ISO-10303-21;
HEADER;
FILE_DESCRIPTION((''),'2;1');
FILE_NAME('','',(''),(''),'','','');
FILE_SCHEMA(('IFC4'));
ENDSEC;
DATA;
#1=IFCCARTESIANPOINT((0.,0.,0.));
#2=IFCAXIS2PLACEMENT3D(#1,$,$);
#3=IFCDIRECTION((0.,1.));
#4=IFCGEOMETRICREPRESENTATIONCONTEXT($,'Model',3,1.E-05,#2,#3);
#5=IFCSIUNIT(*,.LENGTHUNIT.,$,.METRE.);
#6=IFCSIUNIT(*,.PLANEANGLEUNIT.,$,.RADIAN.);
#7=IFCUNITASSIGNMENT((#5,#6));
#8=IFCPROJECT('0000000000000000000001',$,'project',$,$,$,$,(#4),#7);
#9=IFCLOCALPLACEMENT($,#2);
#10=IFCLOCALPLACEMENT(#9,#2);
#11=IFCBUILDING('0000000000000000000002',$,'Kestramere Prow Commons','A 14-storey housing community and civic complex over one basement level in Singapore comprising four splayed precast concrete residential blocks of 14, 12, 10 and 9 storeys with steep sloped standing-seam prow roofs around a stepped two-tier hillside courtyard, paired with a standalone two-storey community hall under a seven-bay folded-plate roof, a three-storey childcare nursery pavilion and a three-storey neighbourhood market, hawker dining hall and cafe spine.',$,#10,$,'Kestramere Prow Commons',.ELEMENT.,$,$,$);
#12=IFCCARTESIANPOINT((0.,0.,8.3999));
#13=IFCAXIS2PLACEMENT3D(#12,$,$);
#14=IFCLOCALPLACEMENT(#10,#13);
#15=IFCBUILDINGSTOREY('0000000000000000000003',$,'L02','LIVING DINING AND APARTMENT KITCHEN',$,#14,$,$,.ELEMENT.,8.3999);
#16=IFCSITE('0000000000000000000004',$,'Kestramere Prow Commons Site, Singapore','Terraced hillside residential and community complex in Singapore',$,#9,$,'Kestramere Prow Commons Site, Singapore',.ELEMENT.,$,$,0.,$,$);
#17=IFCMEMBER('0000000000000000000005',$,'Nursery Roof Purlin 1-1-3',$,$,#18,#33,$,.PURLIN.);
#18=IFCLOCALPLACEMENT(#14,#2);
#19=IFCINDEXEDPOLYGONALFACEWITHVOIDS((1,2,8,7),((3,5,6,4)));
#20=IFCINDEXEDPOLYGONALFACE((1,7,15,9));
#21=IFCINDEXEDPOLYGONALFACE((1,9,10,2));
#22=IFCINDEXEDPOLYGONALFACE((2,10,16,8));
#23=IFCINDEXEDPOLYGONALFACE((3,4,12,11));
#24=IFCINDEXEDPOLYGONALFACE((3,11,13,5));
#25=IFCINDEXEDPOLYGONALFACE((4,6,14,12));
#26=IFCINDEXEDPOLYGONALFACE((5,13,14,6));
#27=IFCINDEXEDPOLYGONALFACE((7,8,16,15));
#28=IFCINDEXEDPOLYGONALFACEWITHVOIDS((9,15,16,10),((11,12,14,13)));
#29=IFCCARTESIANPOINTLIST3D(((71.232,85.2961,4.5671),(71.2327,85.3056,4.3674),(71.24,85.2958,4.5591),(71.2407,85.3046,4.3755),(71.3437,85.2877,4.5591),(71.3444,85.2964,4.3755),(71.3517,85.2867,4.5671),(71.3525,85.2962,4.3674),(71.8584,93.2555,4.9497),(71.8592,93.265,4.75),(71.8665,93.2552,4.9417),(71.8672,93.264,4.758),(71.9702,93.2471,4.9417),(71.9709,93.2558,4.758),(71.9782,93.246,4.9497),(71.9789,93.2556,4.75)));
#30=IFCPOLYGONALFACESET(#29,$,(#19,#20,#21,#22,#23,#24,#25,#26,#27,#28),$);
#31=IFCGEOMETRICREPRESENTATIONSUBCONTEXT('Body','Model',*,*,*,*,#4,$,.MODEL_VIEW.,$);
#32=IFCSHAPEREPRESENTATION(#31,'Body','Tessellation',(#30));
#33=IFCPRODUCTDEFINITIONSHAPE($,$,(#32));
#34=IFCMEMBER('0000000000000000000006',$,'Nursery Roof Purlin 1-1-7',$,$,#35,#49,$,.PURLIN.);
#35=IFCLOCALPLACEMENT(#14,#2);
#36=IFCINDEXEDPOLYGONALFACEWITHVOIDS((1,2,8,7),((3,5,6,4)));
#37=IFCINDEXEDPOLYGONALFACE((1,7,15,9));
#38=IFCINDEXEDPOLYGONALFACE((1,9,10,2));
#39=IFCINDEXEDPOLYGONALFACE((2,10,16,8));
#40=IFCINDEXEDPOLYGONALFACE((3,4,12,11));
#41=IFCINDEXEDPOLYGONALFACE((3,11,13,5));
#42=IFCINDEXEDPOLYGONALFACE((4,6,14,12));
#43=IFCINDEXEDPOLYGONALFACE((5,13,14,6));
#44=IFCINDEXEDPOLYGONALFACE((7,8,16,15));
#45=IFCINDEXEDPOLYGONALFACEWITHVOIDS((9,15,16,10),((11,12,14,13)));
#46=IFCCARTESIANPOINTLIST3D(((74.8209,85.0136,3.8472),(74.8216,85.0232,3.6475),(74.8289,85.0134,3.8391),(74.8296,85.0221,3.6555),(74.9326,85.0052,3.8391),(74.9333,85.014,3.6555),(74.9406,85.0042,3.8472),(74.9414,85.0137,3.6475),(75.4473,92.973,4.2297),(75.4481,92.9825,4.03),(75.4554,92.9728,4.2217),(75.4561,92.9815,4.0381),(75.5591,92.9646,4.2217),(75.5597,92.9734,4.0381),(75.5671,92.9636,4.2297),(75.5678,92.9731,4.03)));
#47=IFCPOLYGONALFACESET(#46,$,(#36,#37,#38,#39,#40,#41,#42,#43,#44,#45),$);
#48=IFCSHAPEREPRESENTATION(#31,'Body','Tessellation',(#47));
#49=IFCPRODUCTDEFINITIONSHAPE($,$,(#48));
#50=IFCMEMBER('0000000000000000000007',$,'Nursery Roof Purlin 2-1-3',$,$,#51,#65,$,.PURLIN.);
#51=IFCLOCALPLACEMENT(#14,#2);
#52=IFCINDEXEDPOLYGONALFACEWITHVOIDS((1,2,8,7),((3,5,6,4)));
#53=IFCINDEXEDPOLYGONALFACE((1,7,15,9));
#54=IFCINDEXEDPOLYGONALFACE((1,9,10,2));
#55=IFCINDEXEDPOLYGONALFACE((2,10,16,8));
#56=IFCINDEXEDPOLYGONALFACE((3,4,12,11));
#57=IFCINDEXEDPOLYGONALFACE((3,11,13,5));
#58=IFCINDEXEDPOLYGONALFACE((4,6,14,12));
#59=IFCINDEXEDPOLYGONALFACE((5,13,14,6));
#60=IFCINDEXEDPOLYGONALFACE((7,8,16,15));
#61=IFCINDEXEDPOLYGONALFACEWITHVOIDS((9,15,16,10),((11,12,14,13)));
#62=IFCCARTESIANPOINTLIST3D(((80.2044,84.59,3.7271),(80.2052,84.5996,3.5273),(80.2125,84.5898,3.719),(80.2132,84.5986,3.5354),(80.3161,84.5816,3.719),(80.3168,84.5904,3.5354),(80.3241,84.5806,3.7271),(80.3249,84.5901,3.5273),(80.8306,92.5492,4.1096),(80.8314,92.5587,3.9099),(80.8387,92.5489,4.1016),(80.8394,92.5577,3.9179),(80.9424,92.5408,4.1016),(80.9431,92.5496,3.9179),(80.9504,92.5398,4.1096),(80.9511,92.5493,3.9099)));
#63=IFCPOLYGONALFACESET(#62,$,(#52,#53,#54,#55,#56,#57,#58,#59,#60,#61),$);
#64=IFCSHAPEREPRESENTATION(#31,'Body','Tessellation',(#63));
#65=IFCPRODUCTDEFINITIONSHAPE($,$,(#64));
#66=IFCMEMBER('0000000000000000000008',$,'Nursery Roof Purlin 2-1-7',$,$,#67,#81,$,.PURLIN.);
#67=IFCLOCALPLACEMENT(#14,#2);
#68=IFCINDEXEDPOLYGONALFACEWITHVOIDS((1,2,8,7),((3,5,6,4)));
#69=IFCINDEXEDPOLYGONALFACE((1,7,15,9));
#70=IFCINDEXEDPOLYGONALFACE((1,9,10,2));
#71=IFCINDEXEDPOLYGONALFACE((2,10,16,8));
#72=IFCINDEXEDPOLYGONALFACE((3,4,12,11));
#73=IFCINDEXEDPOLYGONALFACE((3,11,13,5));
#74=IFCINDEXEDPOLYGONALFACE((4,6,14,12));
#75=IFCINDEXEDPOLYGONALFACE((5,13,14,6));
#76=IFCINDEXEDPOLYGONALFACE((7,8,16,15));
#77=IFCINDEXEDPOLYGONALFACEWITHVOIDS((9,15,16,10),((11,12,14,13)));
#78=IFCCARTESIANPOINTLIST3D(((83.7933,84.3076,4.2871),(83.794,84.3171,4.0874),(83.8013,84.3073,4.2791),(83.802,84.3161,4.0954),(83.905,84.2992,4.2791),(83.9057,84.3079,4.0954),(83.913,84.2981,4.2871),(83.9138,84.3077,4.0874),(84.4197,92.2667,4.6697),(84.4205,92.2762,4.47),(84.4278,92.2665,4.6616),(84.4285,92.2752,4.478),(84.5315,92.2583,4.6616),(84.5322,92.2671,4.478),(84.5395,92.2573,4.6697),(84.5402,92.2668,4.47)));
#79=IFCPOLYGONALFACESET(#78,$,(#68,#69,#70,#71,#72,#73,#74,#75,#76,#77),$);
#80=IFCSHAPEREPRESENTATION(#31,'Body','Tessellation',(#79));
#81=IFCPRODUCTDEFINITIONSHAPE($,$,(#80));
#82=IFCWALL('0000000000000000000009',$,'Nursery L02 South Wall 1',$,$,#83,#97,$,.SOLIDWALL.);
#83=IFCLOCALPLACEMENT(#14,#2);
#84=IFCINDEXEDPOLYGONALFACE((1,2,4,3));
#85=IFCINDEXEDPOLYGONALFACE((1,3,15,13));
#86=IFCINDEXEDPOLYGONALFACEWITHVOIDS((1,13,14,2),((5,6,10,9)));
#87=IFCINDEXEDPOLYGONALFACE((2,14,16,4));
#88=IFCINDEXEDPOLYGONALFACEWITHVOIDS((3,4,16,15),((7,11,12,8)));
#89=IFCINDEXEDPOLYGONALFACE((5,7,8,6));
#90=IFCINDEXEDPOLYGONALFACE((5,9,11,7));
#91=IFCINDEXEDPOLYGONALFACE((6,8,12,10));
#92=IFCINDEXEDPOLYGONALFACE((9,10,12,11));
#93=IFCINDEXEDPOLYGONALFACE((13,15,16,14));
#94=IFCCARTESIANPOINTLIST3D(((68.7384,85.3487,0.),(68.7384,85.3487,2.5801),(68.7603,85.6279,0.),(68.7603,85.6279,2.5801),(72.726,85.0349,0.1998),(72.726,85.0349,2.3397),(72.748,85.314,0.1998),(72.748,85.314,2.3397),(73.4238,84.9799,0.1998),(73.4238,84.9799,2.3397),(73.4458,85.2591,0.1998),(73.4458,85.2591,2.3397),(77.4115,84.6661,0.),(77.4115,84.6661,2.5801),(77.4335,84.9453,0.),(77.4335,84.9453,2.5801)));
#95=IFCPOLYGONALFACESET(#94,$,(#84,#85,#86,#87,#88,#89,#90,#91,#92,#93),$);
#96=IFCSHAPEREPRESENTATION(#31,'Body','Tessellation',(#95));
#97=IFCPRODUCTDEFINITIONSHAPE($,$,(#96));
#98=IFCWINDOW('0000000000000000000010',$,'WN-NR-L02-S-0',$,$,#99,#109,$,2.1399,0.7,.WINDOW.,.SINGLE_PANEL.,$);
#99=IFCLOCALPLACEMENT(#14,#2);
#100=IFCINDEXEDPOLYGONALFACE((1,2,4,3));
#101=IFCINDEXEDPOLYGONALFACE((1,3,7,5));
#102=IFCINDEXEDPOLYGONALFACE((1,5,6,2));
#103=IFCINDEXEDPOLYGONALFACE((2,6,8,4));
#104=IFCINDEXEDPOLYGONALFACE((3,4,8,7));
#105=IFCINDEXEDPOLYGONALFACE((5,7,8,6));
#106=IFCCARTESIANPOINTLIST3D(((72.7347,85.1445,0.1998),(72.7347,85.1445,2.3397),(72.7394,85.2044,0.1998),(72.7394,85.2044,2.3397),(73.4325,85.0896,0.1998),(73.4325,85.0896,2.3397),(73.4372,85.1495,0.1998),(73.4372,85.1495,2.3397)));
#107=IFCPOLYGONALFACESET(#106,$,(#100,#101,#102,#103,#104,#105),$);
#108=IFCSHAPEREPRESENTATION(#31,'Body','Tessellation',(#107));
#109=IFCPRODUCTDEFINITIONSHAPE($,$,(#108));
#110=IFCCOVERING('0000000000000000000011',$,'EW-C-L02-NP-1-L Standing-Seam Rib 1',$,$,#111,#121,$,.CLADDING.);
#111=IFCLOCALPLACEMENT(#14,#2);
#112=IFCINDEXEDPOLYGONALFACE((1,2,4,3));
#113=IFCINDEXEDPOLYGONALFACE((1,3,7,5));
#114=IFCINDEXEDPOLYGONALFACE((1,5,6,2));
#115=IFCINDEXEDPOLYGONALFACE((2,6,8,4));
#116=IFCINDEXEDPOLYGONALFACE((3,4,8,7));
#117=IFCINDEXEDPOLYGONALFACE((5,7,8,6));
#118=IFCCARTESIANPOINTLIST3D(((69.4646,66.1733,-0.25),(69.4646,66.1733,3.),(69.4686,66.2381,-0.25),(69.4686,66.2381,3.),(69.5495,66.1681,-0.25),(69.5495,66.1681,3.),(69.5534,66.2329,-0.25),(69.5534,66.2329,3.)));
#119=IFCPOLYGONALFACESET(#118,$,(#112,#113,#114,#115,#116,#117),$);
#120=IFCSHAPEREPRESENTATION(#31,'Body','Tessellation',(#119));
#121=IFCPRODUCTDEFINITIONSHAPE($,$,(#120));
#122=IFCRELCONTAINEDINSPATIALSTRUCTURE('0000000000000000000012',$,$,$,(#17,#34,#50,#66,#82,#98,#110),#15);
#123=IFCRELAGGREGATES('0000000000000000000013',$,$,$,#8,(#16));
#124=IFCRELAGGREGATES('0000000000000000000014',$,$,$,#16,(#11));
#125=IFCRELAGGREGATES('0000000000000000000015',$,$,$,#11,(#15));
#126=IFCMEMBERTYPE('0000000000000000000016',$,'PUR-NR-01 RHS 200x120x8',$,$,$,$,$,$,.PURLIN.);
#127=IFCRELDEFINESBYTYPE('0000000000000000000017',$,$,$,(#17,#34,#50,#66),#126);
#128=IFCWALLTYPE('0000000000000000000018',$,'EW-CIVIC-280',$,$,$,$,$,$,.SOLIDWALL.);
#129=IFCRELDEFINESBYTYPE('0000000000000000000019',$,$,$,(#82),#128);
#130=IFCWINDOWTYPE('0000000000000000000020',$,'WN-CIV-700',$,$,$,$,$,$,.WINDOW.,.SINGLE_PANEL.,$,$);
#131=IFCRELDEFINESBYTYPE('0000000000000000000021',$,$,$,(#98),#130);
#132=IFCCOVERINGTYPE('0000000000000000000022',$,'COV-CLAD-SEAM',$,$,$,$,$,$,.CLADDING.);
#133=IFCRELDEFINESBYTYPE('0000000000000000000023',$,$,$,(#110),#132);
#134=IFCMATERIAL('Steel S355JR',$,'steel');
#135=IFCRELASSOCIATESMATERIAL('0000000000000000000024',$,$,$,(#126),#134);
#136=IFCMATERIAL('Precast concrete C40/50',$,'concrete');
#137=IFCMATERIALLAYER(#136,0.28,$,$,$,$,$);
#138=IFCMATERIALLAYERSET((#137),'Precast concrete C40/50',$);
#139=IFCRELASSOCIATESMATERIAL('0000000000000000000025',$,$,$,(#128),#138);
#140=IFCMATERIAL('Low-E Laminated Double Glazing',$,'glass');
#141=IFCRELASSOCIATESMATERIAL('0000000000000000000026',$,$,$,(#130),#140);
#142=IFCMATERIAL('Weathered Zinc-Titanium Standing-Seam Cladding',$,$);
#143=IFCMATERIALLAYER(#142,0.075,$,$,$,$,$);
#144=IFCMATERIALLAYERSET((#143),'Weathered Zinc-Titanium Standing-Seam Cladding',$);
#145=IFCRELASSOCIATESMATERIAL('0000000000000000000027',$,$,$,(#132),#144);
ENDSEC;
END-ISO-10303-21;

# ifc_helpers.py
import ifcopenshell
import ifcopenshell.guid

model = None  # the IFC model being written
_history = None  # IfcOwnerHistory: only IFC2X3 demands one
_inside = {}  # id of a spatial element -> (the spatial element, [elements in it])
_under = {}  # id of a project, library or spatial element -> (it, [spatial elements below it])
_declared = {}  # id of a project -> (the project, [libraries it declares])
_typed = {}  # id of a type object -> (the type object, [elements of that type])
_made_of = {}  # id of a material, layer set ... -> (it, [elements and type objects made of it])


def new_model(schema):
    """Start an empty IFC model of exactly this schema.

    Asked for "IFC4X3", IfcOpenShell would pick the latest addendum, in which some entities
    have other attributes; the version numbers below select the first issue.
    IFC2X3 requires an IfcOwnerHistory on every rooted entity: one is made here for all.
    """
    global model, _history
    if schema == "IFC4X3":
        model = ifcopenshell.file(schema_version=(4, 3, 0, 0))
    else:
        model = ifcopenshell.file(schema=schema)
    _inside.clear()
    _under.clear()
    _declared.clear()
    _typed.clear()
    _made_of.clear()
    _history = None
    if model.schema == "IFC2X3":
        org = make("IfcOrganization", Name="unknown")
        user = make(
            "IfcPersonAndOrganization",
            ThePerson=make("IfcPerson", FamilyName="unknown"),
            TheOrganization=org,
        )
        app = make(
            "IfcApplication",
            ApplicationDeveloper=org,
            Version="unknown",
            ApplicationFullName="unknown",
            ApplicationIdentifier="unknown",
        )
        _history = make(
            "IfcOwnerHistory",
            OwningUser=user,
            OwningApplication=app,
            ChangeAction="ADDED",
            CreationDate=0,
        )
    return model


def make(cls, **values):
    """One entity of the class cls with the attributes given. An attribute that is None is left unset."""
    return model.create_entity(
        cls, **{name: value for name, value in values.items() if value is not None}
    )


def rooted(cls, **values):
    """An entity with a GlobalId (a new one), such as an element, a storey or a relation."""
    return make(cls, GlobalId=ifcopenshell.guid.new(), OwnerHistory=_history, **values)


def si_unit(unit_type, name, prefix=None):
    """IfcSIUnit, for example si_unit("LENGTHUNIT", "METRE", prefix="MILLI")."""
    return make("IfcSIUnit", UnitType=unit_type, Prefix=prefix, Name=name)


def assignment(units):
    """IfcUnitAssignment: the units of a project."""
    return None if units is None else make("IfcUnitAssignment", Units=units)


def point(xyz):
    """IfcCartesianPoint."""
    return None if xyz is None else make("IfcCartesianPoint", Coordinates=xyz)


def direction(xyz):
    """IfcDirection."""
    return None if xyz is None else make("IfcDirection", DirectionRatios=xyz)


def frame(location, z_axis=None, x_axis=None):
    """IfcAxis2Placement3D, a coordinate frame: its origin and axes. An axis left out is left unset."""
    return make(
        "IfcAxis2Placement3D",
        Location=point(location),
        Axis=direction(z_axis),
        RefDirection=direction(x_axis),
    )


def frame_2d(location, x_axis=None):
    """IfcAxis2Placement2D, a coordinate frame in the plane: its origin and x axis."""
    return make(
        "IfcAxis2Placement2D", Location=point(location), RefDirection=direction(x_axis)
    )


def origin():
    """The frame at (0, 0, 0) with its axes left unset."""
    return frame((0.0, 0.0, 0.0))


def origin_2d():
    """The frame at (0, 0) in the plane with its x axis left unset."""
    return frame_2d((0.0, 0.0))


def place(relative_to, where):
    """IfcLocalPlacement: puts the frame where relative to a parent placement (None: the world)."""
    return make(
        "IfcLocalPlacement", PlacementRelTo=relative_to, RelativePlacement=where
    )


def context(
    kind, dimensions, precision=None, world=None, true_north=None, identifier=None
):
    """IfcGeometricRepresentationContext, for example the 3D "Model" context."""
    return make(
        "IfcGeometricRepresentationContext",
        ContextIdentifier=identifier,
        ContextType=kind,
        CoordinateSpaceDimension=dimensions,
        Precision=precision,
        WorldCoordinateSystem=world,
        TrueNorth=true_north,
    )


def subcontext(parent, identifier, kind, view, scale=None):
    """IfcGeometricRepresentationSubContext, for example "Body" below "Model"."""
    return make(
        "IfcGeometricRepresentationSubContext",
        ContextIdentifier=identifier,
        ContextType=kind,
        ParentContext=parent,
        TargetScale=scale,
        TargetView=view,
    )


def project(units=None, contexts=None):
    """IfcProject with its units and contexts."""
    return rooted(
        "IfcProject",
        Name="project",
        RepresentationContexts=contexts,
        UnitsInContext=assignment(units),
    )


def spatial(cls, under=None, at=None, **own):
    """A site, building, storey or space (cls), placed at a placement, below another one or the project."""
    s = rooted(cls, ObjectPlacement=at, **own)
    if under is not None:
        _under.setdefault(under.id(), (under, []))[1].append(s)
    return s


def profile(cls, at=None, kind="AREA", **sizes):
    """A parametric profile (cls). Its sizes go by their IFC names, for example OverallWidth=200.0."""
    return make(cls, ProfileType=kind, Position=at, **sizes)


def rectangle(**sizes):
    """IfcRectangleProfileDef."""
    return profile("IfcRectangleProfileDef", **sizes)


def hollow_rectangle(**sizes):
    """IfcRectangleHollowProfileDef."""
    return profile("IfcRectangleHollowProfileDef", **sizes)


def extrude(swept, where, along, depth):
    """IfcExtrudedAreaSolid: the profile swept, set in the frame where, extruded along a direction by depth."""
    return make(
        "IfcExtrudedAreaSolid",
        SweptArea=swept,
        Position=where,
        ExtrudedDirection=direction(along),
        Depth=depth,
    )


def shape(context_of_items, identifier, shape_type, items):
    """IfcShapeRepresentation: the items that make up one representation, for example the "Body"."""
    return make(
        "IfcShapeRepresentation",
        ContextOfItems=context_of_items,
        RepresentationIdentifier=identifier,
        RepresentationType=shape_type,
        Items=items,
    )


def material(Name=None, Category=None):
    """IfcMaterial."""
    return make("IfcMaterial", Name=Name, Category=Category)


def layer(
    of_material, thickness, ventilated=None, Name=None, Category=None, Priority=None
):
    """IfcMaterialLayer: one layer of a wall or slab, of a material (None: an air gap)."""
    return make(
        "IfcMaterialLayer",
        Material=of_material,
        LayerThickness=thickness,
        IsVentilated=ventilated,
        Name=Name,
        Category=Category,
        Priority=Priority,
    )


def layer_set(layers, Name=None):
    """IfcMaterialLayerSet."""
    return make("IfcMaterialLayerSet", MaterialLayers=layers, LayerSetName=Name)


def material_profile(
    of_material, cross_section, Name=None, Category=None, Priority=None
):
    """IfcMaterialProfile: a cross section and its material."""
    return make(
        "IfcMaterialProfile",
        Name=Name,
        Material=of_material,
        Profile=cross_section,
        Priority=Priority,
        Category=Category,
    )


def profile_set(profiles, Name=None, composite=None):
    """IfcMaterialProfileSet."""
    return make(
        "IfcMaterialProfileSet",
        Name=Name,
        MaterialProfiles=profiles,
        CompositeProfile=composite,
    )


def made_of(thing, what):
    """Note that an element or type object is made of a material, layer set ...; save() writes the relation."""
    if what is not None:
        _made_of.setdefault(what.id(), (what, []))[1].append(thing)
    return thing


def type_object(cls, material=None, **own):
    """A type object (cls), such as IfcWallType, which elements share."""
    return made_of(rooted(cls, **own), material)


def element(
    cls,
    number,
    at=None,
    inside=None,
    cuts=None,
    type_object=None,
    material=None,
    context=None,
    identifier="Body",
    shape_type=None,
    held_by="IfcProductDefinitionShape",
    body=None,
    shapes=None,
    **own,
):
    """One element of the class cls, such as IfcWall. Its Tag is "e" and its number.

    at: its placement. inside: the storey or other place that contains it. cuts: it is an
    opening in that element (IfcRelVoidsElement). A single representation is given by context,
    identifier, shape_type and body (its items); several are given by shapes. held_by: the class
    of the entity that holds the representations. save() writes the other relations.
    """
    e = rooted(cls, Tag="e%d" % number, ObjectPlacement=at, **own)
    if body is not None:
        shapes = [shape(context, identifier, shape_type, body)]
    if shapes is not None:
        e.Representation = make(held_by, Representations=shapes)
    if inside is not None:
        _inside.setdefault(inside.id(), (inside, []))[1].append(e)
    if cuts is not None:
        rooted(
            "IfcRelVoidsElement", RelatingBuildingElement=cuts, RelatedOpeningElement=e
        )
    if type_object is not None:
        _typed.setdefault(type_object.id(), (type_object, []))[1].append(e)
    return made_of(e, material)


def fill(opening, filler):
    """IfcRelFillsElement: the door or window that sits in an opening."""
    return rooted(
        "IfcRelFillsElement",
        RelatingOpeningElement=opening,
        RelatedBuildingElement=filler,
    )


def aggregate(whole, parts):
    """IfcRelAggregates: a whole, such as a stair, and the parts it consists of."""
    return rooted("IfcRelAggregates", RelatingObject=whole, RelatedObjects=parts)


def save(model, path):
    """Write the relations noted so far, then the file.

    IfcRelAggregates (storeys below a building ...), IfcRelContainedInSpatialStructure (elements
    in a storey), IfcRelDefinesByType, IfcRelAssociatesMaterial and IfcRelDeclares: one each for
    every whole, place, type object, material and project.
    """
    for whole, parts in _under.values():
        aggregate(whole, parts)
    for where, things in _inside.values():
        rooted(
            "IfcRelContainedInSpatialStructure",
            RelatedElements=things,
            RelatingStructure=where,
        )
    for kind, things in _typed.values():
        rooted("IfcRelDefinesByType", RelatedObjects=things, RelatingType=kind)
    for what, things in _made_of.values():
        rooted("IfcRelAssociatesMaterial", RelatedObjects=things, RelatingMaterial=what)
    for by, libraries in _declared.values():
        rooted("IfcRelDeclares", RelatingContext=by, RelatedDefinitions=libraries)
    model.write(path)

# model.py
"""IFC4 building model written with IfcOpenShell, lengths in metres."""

from ifc_helpers import new_model, si_unit, direction, frame, frame_2d, origin, origin_2d, place, context, subcontext, project, spatial, rectangle, hollow_rectangle, extrude, material, layer, layer_set, material_profile, profile_set, type_object, element, fill, save


model = new_model("IFC4")

# Units and contexts
model_context = context("Model", 3, precision=1e-05, world=origin(), true_north=direction((0.0, 1.0)))
body_context = subcontext(model_context, "Body", "Model", "MODEL_VIEW")
ifc_project = project(units=[si_unit("LENGTHUNIT", "METRE"), si_unit("PLANEANGLEUNIT", "RADIAN")], contexts=[model_context])

# Site, building, storey
site_placement = place(None, origin())
site = spatial("IfcSite", under=ifc_project, at=site_placement, Name="Kestramere Prow Commons Site, Singapore", Description="Terraced hillside residential and community complex in Singapore", LongName="Kestramere Prow Commons Site, Singapore", CompositionType="ELEMENT", RefElevation=0.0)
building_placement = place(site_placement, origin())
building = spatial("IfcBuilding", under=site, at=building_placement, Name="Kestramere Prow Commons", Description="A 14-storey housing community and civic complex over one basement level in Singapore comprising four splayed precast concrete residential blocks of 14, 12, 10 and 9 storeys with steep sloped standing-seam prow roofs around a stepped two-tier hillside courtyard, paired with a standalone two-storey community hall under a seven-bay folded-plate roof, a three-storey childcare nursery pavilion and a three-storey neighbourhood market, hawker dining hall and cafe spine.", LongName="Kestramere Prow Commons", CompositionType="ELEMENT")
storey_placement = place(building_placement, frame((0.0, 0.0, 8.3999)))
storey = spatial("IfcBuildingStorey", under=building, at=storey_placement, Name="L02", Description="LIVING DINING AND APARTMENT KITCHEN", CompositionType="ELEMENT", Elevation=8.3999)

# Shared definitions
ifc_material_1 = material(Name="Steel S355JR", Category="steel")

# Members
ifc_material_profile_1 = material_profile(ifc_material_1, hollow_rectangle(XDim=0.1201, YDim=0.2, WallThickness=0.0081, at=origin_2d()), Name="RHS 200x120x8")
ifc_profile_set_1 = profile_set([ifc_material_profile_1], Name="Steel S355JR")
member_type = type_object("IfcMemberType", Name="PUR-NR-01 RHS 200x120x8", PredefinedType="PURLIN", material=ifc_profile_set_1)
for number, where, z_axis, x_axis, name in (
    (1, (71.2922, 85.2961, 4.4673), (0.078374, 0.995774, 0.047861), (-0.996917, 0.078464, 0.0), "Nursery Roof Purlin 1-1-3"),
    (2, (74.8811, 85.0137, 3.7473), (0.078374, 0.995774, 0.047861), (-0.996917, 0.078464, 0.0), "Nursery Roof Purlin 1-1-7"),
):
    element("IfcMember", number, at=place(storey_placement, frame(where, z_axis=z_axis, x_axis=x_axis)), inside=storey, type_object=member_type, Name=name, PredefinedType="PURLIN", context=body_context, shape_type="SweptSolid", body=[
        extrude(hollow_rectangle(XDim=0.1201, YDim=0.2, WallThickness=0.0081, at=origin_2d()), origin(), (0.0, 0.0, 1.0), 7.9932),
    ])
for number, where, z_axis, x_axis, name in (
    (3, (80.2646, 84.5901, 3.6272), (0.078346, 0.995777, 0.047863), (-0.996919, 0.078436, 0.0), "Nursery Roof Purlin 2-1-3"),
    (4, (83.8535, 84.3076, 4.1873), (0.078377, 0.995774, 0.047863), (-0.996917, 0.078467, 0.0), "Nursery Roof Purlin 2-1-7"),
):
    element("IfcMember", number, at=place(storey_placement, frame(where, z_axis=z_axis, x_axis=x_axis)), inside=storey, type_object=member_type, Name=name, PredefinedType="PURLIN", context=body_context, shape_type="SweptSolid", body=[
        extrude(hollow_rectangle(XDim=0.1201, YDim=0.2, WallThickness=0.0081, at=origin_2d()), origin(), (0.0, 0.0, 1.0), 7.9929),
    ])

# Wall, opening, window
ifc_material_2 = material(Name="Precast concrete C40/50", Category="concrete")
ifc_layer_1 = layer(ifc_material_2, 0.28)
ifc_layer_set_1 = layer_set([ifc_layer_1], Name="Precast concrete C40/50")
wall_type = type_object("IfcWallType", Name="EW-CIVIC-280", PredefinedType="SOLIDWALL", material=ifc_layer_set_1)
wall_1_placement = place(storey_placement, frame((77.4226, 84.8057, 0.0), z_axis=(0.0, 0.0, 1.0), x_axis=(-0.996917, 0.078462, 0.0)))
wall_1 = element("IfcWall", 5, at=wall_1_placement, inside=storey, type_object=wall_type, Name="Nursery L02 South Wall 1", PredefinedType="SOLIDWALL", context=body_context, shape_type="SweptSolid", body=[
    extrude(rectangle(XDim=8.7, YDim=0.28, at=frame_2d((4.3501, 0.0))), origin(), (0.0, 0.0, 1.0), 2.5801),
])
opening_1_placement = place(wall_1_placement, frame((4.0, 0.0, 0.2)))
opening_1 = element("IfcOpeningElement", 6, at=opening_1_placement, cuts=wall_1, PredefinedType="OPENING", context=body_context, shape_type="SweptSolid", body=[
    extrude(rectangle(XDim=0.7, YDim=2.1399, at=frame_2d((0.3501, 1.0698))), frame((0.0, 0.155, 0.0), z_axis=(0.0, -1.0, 0.0), x_axis=(1.0, 0.0, 0.0)), (0.0, 0.0, 1.0), 0.3101),
])
ifc_material_3 = material(Name="Low-E Laminated Double Glazing", Category="glass")
window_type = type_object("IfcWindowType", Name="WN-CIV-700", PartitioningType="SINGLE_PANEL", PredefinedType="WINDOW", material=ifc_material_3)
window_placement = place(opening_1_placement, origin())
window = element("IfcWindow", 7, at=window_placement, inside=storey, type_object=window_type, Name="WN-NR-L02-S-0", OverallHeight=2.1399, OverallWidth=0.7, PartitioningType="SINGLE_PANEL", PredefinedType="WINDOW", context=body_context, shape_type="SweptSolid", body=[
    extrude(rectangle(XDim=0.7, YDim=2.1399, at=frame_2d((0.3501, 1.0698))), frame((0.0, 0.03, 0.0), z_axis=(0.0, -1.0, 0.0), x_axis=(1.0, 0.0, 0.0)), (0.0, 0.0, 1.0), 0.0601),
])
fill(opening_1, window)

# Covering
ifc_material_4 = material(Name="Weathered Zinc-Titanium Standing-Seam Cladding")
ifc_layer_2 = layer(ifc_material_4, 0.075)
ifc_layer_set_2 = layer_set([ifc_layer_2], Name="Weathered Zinc-Titanium Standing-Seam Cladding")
covering_type = type_object("IfcCoveringType", Name="COV-CLAD-SEAM", PredefinedType="CLADDING", material=ifc_layer_set_2)
covering_placement = place(storey_placement, frame((69.509, 66.2031, -0.25), z_axis=(0.0, 0.0, 1.0), x_axis=(0.998135, -0.061049, 0.0)))
element("IfcCovering", 8, at=covering_placement, inside=storey, type_object=covering_type, Name="EW-C-L02-NP-1-L Standing-Seam Rib 1", PredefinedType="CLADDING", context=body_context, shape_type="SweptSolid", body=[
    extrude(rectangle(XDim=0.085, YDim=0.0649, at=origin_2d()), origin(), (0.0, 0.0, 1.0), 3.25),
])

save(model, "model.ifc")
